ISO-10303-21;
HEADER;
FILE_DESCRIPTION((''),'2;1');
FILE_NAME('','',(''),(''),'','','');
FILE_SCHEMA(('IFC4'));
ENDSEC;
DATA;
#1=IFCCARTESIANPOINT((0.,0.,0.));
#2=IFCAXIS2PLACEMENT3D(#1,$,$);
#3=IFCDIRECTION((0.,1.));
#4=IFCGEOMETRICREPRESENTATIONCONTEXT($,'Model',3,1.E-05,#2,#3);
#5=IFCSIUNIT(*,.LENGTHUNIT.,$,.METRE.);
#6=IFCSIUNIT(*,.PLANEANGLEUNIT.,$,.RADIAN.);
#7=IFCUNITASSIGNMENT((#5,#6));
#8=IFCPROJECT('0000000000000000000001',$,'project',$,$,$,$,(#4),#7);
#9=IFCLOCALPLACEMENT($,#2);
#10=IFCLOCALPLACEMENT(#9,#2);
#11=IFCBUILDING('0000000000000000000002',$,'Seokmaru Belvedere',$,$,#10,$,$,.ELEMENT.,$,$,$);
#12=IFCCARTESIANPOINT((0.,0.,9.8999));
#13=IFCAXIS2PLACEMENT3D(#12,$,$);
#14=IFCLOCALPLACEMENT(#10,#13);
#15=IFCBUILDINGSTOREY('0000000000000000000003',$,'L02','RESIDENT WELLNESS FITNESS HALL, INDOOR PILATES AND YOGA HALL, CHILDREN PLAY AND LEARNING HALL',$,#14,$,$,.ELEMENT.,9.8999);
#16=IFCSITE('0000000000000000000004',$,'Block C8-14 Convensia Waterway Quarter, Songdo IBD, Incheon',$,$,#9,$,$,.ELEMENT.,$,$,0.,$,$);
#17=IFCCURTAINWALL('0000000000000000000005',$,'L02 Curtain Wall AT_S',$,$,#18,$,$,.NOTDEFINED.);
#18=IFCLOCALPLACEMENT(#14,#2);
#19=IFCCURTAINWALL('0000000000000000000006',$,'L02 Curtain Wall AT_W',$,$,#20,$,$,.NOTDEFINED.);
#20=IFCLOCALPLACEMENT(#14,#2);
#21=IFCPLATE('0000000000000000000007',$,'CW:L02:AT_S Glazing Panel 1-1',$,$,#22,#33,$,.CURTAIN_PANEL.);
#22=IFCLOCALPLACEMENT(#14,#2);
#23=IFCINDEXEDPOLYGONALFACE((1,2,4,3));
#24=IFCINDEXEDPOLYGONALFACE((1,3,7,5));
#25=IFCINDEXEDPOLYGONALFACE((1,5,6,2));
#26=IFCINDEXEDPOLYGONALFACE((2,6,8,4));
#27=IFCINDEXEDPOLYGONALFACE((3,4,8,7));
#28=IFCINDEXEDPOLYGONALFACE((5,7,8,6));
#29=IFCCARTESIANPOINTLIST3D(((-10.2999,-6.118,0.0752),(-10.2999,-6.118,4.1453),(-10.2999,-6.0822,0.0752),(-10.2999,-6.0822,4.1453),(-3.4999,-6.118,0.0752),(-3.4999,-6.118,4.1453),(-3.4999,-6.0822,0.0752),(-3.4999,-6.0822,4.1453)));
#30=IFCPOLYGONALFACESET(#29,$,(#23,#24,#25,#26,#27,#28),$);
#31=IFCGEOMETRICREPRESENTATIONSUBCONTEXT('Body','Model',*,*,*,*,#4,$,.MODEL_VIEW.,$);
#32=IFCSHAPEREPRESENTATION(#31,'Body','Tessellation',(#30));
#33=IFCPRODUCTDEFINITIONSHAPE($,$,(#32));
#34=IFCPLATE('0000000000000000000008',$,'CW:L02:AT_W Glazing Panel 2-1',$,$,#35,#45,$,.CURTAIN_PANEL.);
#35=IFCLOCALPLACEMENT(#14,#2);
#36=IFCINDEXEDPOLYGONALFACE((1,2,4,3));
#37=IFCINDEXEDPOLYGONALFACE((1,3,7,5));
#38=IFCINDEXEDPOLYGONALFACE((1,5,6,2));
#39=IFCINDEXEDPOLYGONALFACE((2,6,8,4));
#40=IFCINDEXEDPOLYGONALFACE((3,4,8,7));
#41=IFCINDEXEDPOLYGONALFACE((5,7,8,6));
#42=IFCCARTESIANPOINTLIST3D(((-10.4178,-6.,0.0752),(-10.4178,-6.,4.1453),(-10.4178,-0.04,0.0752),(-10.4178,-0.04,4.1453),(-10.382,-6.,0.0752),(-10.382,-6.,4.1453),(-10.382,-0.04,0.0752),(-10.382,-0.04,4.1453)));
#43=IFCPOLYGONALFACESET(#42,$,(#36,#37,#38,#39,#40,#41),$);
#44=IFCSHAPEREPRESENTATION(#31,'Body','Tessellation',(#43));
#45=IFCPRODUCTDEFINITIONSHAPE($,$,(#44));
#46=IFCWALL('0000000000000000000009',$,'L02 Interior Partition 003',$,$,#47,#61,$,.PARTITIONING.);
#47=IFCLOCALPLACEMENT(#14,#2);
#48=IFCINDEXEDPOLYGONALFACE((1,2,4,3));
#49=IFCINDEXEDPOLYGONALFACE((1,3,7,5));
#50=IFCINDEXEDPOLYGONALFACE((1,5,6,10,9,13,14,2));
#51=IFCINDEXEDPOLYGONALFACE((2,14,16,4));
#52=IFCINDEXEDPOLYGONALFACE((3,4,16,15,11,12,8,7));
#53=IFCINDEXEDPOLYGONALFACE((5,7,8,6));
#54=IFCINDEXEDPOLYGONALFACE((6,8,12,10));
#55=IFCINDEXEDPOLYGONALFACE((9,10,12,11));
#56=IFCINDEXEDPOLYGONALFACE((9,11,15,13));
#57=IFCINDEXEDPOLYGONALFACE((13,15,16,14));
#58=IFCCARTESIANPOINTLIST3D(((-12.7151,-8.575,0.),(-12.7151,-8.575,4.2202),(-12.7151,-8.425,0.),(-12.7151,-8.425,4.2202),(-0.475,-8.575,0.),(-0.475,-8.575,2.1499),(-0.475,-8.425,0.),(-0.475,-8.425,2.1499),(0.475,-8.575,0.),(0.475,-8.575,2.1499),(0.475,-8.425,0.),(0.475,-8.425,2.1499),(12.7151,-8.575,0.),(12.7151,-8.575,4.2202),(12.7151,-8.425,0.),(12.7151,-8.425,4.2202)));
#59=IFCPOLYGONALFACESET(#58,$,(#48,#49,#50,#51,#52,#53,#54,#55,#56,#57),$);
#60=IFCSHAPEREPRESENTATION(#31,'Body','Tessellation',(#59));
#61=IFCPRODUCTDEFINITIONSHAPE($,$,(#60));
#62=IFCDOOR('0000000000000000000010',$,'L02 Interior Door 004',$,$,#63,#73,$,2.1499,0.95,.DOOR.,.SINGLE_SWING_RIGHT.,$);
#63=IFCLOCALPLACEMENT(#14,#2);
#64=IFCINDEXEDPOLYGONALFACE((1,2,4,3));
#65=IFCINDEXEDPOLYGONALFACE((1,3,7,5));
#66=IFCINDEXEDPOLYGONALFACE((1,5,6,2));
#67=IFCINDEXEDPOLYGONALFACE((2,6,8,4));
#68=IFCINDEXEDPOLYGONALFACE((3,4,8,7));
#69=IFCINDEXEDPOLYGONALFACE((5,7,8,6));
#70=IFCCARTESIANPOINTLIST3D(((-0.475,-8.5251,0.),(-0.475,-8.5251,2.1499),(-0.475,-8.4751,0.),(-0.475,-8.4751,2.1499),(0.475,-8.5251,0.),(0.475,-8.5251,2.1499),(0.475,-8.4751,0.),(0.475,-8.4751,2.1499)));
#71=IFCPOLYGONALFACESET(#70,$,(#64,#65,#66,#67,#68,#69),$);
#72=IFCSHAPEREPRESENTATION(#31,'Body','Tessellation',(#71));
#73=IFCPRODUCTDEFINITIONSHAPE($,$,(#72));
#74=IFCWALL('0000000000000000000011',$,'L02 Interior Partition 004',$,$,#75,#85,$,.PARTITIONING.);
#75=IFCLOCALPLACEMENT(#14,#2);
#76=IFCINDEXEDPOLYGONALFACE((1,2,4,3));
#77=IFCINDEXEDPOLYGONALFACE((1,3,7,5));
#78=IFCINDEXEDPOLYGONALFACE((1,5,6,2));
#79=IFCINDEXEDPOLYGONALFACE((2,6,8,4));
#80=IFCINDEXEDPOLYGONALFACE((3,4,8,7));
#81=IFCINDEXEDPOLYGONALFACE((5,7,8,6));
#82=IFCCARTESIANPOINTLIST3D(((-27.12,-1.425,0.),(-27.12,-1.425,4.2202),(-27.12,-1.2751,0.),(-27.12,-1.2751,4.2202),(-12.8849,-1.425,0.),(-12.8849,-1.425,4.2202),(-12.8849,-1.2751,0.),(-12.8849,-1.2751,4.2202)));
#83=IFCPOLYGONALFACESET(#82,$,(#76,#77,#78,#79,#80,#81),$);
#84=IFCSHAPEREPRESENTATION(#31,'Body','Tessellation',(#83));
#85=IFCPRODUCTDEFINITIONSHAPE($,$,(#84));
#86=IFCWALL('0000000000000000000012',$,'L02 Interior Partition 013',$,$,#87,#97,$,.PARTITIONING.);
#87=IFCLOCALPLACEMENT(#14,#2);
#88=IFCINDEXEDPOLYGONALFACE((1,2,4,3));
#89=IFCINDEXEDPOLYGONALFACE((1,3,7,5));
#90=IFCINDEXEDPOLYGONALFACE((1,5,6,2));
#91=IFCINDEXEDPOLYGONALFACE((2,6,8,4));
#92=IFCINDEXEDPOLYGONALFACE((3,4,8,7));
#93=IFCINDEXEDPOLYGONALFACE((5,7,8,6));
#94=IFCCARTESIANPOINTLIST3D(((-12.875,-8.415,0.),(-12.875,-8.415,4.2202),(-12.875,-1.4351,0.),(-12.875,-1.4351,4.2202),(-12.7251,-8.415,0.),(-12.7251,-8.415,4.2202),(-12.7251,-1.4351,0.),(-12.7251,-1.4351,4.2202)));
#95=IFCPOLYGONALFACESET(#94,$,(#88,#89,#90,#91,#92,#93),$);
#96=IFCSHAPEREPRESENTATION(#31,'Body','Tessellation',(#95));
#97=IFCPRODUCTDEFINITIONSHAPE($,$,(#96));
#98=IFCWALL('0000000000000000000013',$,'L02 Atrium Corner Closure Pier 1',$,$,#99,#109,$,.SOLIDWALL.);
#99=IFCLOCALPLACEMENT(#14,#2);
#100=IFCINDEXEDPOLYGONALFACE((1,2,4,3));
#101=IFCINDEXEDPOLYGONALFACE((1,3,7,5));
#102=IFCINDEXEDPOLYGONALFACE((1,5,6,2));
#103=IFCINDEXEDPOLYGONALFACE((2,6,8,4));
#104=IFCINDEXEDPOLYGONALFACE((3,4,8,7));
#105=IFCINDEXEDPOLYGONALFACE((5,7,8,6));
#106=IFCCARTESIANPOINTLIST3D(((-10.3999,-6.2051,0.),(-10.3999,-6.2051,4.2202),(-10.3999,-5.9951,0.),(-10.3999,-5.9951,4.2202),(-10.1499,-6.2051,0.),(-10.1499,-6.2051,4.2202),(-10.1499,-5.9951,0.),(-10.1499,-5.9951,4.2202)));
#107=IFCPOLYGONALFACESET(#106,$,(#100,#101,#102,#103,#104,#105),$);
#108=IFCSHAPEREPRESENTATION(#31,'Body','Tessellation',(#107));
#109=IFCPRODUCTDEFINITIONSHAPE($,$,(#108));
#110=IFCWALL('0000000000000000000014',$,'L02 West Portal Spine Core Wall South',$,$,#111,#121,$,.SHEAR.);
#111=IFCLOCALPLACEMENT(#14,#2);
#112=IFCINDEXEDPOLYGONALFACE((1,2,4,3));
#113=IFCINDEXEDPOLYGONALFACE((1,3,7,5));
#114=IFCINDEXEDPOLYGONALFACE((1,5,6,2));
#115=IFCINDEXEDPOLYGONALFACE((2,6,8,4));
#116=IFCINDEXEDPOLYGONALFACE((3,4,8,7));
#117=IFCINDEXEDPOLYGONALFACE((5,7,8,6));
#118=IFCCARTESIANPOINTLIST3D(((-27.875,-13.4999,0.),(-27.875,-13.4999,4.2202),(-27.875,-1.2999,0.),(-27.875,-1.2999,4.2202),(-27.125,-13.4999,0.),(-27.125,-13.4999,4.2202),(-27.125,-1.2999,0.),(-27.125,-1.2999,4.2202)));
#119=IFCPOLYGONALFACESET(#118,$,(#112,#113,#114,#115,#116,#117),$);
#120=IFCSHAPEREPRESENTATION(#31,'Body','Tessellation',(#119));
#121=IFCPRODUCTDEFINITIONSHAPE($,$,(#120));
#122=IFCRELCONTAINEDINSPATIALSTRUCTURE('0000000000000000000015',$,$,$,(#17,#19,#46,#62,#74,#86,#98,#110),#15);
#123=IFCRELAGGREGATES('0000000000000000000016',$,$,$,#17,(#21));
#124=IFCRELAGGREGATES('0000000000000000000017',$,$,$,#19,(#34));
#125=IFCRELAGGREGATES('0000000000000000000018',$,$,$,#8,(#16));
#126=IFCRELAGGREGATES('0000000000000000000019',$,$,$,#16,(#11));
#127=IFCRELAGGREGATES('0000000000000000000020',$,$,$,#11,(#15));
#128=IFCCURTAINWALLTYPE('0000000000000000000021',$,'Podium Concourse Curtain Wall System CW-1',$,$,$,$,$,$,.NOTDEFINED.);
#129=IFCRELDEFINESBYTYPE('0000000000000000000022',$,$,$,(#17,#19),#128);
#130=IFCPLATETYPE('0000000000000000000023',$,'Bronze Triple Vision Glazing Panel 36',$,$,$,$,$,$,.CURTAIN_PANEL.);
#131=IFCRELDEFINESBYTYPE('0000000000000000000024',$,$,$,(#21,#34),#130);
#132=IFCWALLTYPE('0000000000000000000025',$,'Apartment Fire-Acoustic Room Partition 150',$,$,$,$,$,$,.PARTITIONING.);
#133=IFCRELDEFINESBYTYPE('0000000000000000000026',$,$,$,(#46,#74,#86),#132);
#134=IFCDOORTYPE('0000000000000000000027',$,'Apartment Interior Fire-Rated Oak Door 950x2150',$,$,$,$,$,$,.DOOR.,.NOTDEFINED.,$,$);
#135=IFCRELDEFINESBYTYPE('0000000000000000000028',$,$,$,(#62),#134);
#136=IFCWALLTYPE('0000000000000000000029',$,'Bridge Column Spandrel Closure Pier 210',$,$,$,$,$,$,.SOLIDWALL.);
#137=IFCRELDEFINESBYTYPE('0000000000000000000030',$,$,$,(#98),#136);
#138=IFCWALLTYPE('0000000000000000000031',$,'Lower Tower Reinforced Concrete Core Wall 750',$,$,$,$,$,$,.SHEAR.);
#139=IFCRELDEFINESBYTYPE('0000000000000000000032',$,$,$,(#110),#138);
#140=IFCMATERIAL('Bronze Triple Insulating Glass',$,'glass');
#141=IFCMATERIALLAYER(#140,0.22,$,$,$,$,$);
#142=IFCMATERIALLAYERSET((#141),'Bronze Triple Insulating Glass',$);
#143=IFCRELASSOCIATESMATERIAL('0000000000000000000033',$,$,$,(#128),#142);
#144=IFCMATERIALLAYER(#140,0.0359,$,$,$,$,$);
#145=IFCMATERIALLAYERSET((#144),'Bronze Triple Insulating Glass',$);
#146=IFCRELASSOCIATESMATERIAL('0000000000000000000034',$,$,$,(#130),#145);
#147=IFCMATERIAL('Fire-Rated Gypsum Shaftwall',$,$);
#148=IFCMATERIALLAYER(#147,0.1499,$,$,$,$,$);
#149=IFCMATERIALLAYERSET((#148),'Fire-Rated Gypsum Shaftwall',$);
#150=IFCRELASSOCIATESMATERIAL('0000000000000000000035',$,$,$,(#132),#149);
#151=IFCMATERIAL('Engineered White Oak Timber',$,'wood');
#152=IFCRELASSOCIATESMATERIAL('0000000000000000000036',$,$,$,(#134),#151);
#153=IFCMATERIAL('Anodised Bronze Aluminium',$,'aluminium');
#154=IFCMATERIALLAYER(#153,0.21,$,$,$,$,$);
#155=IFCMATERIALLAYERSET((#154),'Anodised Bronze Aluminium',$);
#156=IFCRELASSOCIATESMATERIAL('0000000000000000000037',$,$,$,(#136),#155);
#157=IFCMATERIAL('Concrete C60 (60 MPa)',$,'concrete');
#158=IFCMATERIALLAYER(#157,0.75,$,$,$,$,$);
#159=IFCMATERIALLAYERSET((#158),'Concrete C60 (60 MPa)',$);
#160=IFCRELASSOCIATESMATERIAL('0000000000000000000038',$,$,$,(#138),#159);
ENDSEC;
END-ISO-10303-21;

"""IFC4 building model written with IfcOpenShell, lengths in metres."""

from ifc_helpers import new_model, si_unit, direction, frame, frame_2d, origin, origin_2d, place, context, subcontext, project, spatial, rectangle, extrude, source, transform, mapped, material, layer, layer_set, type_object, type_shapes, element, fill, aggregate, save


model = new_model("IFC4")

# Units and contexts
model_context = context("Model", 3, precision=1e-05, world=origin(), true_north=direction((0.0, 1.0)))
body_context = subcontext(model_context, "Body", "Model", "MODEL_VIEW")
ifc_project = project(units=[si_unit("LENGTHUNIT", "METRE"), si_unit("PLANEANGLEUNIT", "RADIAN")], contexts=[model_context])

# Site, building, storey
site_placement = place(None, origin())
site = spatial("IfcSite", under=ifc_project, at=site_placement, Name="Block C8-14 Convensia Waterway Quarter, Songdo IBD, Incheon", CompositionType="ELEMENT", RefElevation=0.0)
building_placement = place(site_placement, origin())
building = spatial("IfcBuilding", under=site, at=building_placement, Name="Seokmaru Belvedere", CompositionType="ELEMENT")
storey_placement = place(building_placement, frame((0.0, 0.0, 9.8999)))
storey = spatial("IfcBuildingStorey", under=building, at=storey_placement, Name="L02", Description="RESIDENT WELLNESS FITNESS HALL, INDOOR PILATES AND YOGA HALL, CHILDREN PLAY AND LEARNING HALL", CompositionType="ELEMENT", Elevation=9.8999)

# Curtain walls
ifc_material_1 = material(Name="Bronze Triple Insulating Glass", Category="glass")
ifc_layer_1 = layer(ifc_material_1, 0.22)
ifc_layer_set_1 = layer_set([ifc_layer_1], Name="Bronze Triple Insulating Glass")
curtain_wall_type = type_object("IfcCurtainWallType", Name="Podium Concourse Curtain Wall System CW-1", PredefinedType="NOTDEFINED", material=ifc_layer_set_1)
curtain_wall_1_placement = place(storey_placement, origin())
curtain_wall_1 = element("IfcCurtainWall", 1, at=curtain_wall_1_placement, inside=storey, type_object=curtain_wall_type, Name="L02 Curtain Wall AT_S", PredefinedType="NOTDEFINED")
ifc_material_2 = material(Name="Anodised Bronze Aluminium", Category="aluminium")
curtain_wall_2_placement = place(storey_placement, origin())
curtain_wall_2 = element("IfcCurtainWall", 2, at=curtain_wall_2_placement, inside=storey, type_object=curtain_wall_type, Name="L02 Curtain Wall AT_W", PredefinedType="NOTDEFINED")

# Plates
ifc_layer_2 = layer(ifc_material_1, 0.0359)
ifc_layer_set_2 = layer_set([ifc_layer_2], Name="Bronze Triple Insulating Glass")
plate_type = type_object("IfcPlateType", Name="Bronze Triple Vision Glazing Panel 36", PredefinedType="CURTAIN_PANEL", material=ifc_layer_set_2)
shared_shape_1 = source(origin(), body_context, "Body", "SweptSolid", [
    extrude(rectangle(XDim=6.8, YDim=0.0359, at=origin_2d()), origin(), (0.0, 0.0, 1.0), 4.0701),
])
plate_1_placement = place(storey_placement, frame((-6.8999, -6.1001, 0.0752), z_axis=(0.0, 0.0, 1.0), x_axis=(1.0, 0.0, 0.0)))
plate_1 = element("IfcPlate", 3, at=plate_1_placement, type_object=plate_type, Name="CW:L02:AT_S Glazing Panel 1-1", PredefinedType="CURTAIN_PANEL", context=body_context, shape_type="MappedRepresentation", body=[
    mapped(shared_shape_1, transform((0.0, 0.0, 0.0), scale=1.0)),
])
aggregate(curtain_wall_1, [plate_1])
shared_shape_2 = source(origin(), body_context, "Body", "SweptSolid", [
    extrude(rectangle(XDim=5.96, YDim=0.0359, at=origin_2d()), origin(), (0.0, 0.0, 1.0), 4.0701),
])
type_shapes(plate_type, [shared_shape_1, shared_shape_2])
plate_2_placement = place(storey_placement, frame((-10.3999, -3.02, 0.0752), z_axis=(0.0, 0.0, 1.0), x_axis=(0.0, -1.0, 0.0)))
plate_2 = element("IfcPlate", 4, at=plate_2_placement, type_object=plate_type, Name="CW:L02:AT_W Glazing Panel 2-1", PredefinedType="CURTAIN_PANEL", context=body_context, shape_type="MappedRepresentation", body=[
    mapped(shared_shape_2, transform((0.0, 0.0, 0.0), scale=1.0)),
])
aggregate(curtain_wall_2, [plate_2])

# Wall, opening, door
ifc_material_3 = material(Name="Fire-Rated Gypsum Shaftwall")
ifc_layer_3 = layer(ifc_material_3, 0.1499)
ifc_layer_set_3 = layer_set([ifc_layer_3], Name="Fire-Rated Gypsum Shaftwall")
wall_type_1 = type_object("IfcWallType", Name="Apartment Fire-Acoustic Room Partition 150", PredefinedType="PARTITIONING", material=ifc_layer_set_3)
wall_1_placement = place(storey_placement, frame((-12.7151, -8.5, 0.0), z_axis=(0.0, 0.0, 1.0), x_axis=(1.0, 0.0, 0.0)))
wall_1 = element("IfcWall", 5, at=wall_1_placement, inside=storey, type_object=wall_type_1, Name="L02 Interior Partition 003", PredefinedType="PARTITIONING", context=body_context, shape_type="SweptSolid", body=[
    extrude(rectangle(XDim=25.4302, YDim=0.1499, at=frame_2d((12.7151, 0.0))), origin(), (0.0, 0.0, 1.0), 4.2202),
])
opening_placement = place(wall_1_placement, frame((12.24, 0.0, 0.0)))
opening = element("IfcOpeningElement", 6, at=opening_placement, cuts=wall_1, PredefinedType="OPENING", context=body_context, shape_type="SweptSolid", body=[
    extrude(rectangle(XDim=0.95, YDim=2.1499, at=frame_2d((0.4751, 1.075))), frame((0.0, 0.085, 0.0), z_axis=(0.0, -1.0, 0.0), x_axis=(1.0, 0.0, 0.0)), (0.0, 0.0, 1.0), 0.1699),
])
ifc_material_4 = material(Name="Engineered White Oak Timber", Category="wood")
door_type = type_object("IfcDoorType", Name="Apartment Interior Fire-Rated Oak Door 950x2150", OperationType="NOTDEFINED", PredefinedType="DOOR", material=ifc_material_4)
shared_shape_3 = source(origin(), body_context, "Body", "SweptSolid", [
    extrude(rectangle(XDim=0.95, YDim=2.1499, at=frame_2d((0.4751, 1.075))), frame((0.0, 0.0249, 0.0), z_axis=(0.0, -1.0, 0.0), x_axis=(1.0, 0.0, 0.0)), (0.0, 0.0, 1.0), 0.05),
])
type_shapes(door_type, [shared_shape_3])
door_placement = place(opening_placement, origin())
door = element("IfcDoor", 7, at=door_placement, inside=storey, type_object=door_type, Name="L02 Interior Door 004", OperationType="SINGLE_SWING_RIGHT", OverallHeight=2.1499, OverallWidth=0.95, PredefinedType="DOOR", context=body_context, shape_type="MappedRepresentation", body=[
    mapped(shared_shape_3, transform((0.0, 0.0, 0.0), scale=1.0)),
])
fill(opening, door)

# Walls
wall_2_placement = place(storey_placement, frame((-27.1201, -1.3501, 0.0), z_axis=(0.0, 0.0, 1.0), x_axis=(1.0, 0.0, 0.0)))
element("IfcWall", 8, at=wall_2_placement, inside=storey, type_object=wall_type_1, Name="L02 Interior Partition 004", PredefinedType="PARTITIONING", context=body_context, shape_type="SweptSolid", body=[
    extrude(rectangle(XDim=14.2351, YDim=0.1499, at=frame_2d((7.1177, 0.0))), origin(), (0.0, 0.0, 1.0), 4.2202),
])
wall_3_placement = place(storey_placement, frame((-12.8, -8.415, 0.0), z_axis=(0.0, 0.0, 1.0), x_axis=(0.0, 1.0, 0.0)))
element("IfcWall", 9, at=wall_3_placement, inside=storey, type_object=wall_type_1, Name="L02 Interior Partition 013", PredefinedType="PARTITIONING", context=body_context, shape_type="SweptSolid", body=[
    extrude(rectangle(XDim=6.98, YDim=0.1499, at=frame_2d((3.49, 0.0))), origin(), (0.0, 0.0, 1.0), 4.2202),
])
ifc_layer_4 = layer(ifc_material_2, 0.21)
ifc_layer_set_4 = layer_set([ifc_layer_4], Name="Anodised Bronze Aluminium")
wall_type_2 = type_object("IfcWallType", Name="Bridge Column Spandrel Closure Pier 210", PredefinedType="SOLIDWALL", material=ifc_layer_set_4)
wall_4_placement = place(storey_placement, frame((-10.3999, -6.1001, 0.0), z_axis=(0.0, 0.0, 1.0), x_axis=(1.0, 0.0, 0.0)))
element("IfcWall", 10, at=wall_4_placement, inside=storey, type_object=wall_type_2, Name="L02 Atrium Corner Closure Pier 1", PredefinedType="SOLIDWALL", context=body_context, shape_type="SweptSolid", body=[
    extrude(rectangle(XDim=0.25, YDim=0.21, at=frame_2d((0.125, 0.0))), origin(), (0.0, 0.0, 1.0), 4.2202),
])
ifc_material_5 = material(Name="Concrete C60 (60 MPa)", Category="concrete")
ifc_layer_5 = layer(ifc_material_5, 0.75)
ifc_layer_set_5 = layer_set([ifc_layer_5], Name="Concrete C60 (60 MPa)")
wall_type_3 = type_object("IfcWallType", Name="Lower Tower Reinforced Concrete Core Wall 750", PredefinedType="SHEAR", material=ifc_layer_set_5)
wall_5_placement = place(storey_placement, frame((-27.5, -13.5, 0.0), z_axis=(0.0, 0.0, 1.0), x_axis=(0.0, 1.0, 0.0)))
element("IfcWall", 11, at=wall_5_placement, inside=storey, type_object=wall_type_3, Name="L02 West Portal Spine Core Wall South", PredefinedType="SHEAR", context=body_context, shape_type="SweptSolid", body=[
    extrude(rectangle(XDim=12.2, YDim=0.75, at=frame_2d((6.1001, 0.0))), origin(), (0.0, 0.0, 1.0), 4.2202),
])

save(model, "model.ifc")
